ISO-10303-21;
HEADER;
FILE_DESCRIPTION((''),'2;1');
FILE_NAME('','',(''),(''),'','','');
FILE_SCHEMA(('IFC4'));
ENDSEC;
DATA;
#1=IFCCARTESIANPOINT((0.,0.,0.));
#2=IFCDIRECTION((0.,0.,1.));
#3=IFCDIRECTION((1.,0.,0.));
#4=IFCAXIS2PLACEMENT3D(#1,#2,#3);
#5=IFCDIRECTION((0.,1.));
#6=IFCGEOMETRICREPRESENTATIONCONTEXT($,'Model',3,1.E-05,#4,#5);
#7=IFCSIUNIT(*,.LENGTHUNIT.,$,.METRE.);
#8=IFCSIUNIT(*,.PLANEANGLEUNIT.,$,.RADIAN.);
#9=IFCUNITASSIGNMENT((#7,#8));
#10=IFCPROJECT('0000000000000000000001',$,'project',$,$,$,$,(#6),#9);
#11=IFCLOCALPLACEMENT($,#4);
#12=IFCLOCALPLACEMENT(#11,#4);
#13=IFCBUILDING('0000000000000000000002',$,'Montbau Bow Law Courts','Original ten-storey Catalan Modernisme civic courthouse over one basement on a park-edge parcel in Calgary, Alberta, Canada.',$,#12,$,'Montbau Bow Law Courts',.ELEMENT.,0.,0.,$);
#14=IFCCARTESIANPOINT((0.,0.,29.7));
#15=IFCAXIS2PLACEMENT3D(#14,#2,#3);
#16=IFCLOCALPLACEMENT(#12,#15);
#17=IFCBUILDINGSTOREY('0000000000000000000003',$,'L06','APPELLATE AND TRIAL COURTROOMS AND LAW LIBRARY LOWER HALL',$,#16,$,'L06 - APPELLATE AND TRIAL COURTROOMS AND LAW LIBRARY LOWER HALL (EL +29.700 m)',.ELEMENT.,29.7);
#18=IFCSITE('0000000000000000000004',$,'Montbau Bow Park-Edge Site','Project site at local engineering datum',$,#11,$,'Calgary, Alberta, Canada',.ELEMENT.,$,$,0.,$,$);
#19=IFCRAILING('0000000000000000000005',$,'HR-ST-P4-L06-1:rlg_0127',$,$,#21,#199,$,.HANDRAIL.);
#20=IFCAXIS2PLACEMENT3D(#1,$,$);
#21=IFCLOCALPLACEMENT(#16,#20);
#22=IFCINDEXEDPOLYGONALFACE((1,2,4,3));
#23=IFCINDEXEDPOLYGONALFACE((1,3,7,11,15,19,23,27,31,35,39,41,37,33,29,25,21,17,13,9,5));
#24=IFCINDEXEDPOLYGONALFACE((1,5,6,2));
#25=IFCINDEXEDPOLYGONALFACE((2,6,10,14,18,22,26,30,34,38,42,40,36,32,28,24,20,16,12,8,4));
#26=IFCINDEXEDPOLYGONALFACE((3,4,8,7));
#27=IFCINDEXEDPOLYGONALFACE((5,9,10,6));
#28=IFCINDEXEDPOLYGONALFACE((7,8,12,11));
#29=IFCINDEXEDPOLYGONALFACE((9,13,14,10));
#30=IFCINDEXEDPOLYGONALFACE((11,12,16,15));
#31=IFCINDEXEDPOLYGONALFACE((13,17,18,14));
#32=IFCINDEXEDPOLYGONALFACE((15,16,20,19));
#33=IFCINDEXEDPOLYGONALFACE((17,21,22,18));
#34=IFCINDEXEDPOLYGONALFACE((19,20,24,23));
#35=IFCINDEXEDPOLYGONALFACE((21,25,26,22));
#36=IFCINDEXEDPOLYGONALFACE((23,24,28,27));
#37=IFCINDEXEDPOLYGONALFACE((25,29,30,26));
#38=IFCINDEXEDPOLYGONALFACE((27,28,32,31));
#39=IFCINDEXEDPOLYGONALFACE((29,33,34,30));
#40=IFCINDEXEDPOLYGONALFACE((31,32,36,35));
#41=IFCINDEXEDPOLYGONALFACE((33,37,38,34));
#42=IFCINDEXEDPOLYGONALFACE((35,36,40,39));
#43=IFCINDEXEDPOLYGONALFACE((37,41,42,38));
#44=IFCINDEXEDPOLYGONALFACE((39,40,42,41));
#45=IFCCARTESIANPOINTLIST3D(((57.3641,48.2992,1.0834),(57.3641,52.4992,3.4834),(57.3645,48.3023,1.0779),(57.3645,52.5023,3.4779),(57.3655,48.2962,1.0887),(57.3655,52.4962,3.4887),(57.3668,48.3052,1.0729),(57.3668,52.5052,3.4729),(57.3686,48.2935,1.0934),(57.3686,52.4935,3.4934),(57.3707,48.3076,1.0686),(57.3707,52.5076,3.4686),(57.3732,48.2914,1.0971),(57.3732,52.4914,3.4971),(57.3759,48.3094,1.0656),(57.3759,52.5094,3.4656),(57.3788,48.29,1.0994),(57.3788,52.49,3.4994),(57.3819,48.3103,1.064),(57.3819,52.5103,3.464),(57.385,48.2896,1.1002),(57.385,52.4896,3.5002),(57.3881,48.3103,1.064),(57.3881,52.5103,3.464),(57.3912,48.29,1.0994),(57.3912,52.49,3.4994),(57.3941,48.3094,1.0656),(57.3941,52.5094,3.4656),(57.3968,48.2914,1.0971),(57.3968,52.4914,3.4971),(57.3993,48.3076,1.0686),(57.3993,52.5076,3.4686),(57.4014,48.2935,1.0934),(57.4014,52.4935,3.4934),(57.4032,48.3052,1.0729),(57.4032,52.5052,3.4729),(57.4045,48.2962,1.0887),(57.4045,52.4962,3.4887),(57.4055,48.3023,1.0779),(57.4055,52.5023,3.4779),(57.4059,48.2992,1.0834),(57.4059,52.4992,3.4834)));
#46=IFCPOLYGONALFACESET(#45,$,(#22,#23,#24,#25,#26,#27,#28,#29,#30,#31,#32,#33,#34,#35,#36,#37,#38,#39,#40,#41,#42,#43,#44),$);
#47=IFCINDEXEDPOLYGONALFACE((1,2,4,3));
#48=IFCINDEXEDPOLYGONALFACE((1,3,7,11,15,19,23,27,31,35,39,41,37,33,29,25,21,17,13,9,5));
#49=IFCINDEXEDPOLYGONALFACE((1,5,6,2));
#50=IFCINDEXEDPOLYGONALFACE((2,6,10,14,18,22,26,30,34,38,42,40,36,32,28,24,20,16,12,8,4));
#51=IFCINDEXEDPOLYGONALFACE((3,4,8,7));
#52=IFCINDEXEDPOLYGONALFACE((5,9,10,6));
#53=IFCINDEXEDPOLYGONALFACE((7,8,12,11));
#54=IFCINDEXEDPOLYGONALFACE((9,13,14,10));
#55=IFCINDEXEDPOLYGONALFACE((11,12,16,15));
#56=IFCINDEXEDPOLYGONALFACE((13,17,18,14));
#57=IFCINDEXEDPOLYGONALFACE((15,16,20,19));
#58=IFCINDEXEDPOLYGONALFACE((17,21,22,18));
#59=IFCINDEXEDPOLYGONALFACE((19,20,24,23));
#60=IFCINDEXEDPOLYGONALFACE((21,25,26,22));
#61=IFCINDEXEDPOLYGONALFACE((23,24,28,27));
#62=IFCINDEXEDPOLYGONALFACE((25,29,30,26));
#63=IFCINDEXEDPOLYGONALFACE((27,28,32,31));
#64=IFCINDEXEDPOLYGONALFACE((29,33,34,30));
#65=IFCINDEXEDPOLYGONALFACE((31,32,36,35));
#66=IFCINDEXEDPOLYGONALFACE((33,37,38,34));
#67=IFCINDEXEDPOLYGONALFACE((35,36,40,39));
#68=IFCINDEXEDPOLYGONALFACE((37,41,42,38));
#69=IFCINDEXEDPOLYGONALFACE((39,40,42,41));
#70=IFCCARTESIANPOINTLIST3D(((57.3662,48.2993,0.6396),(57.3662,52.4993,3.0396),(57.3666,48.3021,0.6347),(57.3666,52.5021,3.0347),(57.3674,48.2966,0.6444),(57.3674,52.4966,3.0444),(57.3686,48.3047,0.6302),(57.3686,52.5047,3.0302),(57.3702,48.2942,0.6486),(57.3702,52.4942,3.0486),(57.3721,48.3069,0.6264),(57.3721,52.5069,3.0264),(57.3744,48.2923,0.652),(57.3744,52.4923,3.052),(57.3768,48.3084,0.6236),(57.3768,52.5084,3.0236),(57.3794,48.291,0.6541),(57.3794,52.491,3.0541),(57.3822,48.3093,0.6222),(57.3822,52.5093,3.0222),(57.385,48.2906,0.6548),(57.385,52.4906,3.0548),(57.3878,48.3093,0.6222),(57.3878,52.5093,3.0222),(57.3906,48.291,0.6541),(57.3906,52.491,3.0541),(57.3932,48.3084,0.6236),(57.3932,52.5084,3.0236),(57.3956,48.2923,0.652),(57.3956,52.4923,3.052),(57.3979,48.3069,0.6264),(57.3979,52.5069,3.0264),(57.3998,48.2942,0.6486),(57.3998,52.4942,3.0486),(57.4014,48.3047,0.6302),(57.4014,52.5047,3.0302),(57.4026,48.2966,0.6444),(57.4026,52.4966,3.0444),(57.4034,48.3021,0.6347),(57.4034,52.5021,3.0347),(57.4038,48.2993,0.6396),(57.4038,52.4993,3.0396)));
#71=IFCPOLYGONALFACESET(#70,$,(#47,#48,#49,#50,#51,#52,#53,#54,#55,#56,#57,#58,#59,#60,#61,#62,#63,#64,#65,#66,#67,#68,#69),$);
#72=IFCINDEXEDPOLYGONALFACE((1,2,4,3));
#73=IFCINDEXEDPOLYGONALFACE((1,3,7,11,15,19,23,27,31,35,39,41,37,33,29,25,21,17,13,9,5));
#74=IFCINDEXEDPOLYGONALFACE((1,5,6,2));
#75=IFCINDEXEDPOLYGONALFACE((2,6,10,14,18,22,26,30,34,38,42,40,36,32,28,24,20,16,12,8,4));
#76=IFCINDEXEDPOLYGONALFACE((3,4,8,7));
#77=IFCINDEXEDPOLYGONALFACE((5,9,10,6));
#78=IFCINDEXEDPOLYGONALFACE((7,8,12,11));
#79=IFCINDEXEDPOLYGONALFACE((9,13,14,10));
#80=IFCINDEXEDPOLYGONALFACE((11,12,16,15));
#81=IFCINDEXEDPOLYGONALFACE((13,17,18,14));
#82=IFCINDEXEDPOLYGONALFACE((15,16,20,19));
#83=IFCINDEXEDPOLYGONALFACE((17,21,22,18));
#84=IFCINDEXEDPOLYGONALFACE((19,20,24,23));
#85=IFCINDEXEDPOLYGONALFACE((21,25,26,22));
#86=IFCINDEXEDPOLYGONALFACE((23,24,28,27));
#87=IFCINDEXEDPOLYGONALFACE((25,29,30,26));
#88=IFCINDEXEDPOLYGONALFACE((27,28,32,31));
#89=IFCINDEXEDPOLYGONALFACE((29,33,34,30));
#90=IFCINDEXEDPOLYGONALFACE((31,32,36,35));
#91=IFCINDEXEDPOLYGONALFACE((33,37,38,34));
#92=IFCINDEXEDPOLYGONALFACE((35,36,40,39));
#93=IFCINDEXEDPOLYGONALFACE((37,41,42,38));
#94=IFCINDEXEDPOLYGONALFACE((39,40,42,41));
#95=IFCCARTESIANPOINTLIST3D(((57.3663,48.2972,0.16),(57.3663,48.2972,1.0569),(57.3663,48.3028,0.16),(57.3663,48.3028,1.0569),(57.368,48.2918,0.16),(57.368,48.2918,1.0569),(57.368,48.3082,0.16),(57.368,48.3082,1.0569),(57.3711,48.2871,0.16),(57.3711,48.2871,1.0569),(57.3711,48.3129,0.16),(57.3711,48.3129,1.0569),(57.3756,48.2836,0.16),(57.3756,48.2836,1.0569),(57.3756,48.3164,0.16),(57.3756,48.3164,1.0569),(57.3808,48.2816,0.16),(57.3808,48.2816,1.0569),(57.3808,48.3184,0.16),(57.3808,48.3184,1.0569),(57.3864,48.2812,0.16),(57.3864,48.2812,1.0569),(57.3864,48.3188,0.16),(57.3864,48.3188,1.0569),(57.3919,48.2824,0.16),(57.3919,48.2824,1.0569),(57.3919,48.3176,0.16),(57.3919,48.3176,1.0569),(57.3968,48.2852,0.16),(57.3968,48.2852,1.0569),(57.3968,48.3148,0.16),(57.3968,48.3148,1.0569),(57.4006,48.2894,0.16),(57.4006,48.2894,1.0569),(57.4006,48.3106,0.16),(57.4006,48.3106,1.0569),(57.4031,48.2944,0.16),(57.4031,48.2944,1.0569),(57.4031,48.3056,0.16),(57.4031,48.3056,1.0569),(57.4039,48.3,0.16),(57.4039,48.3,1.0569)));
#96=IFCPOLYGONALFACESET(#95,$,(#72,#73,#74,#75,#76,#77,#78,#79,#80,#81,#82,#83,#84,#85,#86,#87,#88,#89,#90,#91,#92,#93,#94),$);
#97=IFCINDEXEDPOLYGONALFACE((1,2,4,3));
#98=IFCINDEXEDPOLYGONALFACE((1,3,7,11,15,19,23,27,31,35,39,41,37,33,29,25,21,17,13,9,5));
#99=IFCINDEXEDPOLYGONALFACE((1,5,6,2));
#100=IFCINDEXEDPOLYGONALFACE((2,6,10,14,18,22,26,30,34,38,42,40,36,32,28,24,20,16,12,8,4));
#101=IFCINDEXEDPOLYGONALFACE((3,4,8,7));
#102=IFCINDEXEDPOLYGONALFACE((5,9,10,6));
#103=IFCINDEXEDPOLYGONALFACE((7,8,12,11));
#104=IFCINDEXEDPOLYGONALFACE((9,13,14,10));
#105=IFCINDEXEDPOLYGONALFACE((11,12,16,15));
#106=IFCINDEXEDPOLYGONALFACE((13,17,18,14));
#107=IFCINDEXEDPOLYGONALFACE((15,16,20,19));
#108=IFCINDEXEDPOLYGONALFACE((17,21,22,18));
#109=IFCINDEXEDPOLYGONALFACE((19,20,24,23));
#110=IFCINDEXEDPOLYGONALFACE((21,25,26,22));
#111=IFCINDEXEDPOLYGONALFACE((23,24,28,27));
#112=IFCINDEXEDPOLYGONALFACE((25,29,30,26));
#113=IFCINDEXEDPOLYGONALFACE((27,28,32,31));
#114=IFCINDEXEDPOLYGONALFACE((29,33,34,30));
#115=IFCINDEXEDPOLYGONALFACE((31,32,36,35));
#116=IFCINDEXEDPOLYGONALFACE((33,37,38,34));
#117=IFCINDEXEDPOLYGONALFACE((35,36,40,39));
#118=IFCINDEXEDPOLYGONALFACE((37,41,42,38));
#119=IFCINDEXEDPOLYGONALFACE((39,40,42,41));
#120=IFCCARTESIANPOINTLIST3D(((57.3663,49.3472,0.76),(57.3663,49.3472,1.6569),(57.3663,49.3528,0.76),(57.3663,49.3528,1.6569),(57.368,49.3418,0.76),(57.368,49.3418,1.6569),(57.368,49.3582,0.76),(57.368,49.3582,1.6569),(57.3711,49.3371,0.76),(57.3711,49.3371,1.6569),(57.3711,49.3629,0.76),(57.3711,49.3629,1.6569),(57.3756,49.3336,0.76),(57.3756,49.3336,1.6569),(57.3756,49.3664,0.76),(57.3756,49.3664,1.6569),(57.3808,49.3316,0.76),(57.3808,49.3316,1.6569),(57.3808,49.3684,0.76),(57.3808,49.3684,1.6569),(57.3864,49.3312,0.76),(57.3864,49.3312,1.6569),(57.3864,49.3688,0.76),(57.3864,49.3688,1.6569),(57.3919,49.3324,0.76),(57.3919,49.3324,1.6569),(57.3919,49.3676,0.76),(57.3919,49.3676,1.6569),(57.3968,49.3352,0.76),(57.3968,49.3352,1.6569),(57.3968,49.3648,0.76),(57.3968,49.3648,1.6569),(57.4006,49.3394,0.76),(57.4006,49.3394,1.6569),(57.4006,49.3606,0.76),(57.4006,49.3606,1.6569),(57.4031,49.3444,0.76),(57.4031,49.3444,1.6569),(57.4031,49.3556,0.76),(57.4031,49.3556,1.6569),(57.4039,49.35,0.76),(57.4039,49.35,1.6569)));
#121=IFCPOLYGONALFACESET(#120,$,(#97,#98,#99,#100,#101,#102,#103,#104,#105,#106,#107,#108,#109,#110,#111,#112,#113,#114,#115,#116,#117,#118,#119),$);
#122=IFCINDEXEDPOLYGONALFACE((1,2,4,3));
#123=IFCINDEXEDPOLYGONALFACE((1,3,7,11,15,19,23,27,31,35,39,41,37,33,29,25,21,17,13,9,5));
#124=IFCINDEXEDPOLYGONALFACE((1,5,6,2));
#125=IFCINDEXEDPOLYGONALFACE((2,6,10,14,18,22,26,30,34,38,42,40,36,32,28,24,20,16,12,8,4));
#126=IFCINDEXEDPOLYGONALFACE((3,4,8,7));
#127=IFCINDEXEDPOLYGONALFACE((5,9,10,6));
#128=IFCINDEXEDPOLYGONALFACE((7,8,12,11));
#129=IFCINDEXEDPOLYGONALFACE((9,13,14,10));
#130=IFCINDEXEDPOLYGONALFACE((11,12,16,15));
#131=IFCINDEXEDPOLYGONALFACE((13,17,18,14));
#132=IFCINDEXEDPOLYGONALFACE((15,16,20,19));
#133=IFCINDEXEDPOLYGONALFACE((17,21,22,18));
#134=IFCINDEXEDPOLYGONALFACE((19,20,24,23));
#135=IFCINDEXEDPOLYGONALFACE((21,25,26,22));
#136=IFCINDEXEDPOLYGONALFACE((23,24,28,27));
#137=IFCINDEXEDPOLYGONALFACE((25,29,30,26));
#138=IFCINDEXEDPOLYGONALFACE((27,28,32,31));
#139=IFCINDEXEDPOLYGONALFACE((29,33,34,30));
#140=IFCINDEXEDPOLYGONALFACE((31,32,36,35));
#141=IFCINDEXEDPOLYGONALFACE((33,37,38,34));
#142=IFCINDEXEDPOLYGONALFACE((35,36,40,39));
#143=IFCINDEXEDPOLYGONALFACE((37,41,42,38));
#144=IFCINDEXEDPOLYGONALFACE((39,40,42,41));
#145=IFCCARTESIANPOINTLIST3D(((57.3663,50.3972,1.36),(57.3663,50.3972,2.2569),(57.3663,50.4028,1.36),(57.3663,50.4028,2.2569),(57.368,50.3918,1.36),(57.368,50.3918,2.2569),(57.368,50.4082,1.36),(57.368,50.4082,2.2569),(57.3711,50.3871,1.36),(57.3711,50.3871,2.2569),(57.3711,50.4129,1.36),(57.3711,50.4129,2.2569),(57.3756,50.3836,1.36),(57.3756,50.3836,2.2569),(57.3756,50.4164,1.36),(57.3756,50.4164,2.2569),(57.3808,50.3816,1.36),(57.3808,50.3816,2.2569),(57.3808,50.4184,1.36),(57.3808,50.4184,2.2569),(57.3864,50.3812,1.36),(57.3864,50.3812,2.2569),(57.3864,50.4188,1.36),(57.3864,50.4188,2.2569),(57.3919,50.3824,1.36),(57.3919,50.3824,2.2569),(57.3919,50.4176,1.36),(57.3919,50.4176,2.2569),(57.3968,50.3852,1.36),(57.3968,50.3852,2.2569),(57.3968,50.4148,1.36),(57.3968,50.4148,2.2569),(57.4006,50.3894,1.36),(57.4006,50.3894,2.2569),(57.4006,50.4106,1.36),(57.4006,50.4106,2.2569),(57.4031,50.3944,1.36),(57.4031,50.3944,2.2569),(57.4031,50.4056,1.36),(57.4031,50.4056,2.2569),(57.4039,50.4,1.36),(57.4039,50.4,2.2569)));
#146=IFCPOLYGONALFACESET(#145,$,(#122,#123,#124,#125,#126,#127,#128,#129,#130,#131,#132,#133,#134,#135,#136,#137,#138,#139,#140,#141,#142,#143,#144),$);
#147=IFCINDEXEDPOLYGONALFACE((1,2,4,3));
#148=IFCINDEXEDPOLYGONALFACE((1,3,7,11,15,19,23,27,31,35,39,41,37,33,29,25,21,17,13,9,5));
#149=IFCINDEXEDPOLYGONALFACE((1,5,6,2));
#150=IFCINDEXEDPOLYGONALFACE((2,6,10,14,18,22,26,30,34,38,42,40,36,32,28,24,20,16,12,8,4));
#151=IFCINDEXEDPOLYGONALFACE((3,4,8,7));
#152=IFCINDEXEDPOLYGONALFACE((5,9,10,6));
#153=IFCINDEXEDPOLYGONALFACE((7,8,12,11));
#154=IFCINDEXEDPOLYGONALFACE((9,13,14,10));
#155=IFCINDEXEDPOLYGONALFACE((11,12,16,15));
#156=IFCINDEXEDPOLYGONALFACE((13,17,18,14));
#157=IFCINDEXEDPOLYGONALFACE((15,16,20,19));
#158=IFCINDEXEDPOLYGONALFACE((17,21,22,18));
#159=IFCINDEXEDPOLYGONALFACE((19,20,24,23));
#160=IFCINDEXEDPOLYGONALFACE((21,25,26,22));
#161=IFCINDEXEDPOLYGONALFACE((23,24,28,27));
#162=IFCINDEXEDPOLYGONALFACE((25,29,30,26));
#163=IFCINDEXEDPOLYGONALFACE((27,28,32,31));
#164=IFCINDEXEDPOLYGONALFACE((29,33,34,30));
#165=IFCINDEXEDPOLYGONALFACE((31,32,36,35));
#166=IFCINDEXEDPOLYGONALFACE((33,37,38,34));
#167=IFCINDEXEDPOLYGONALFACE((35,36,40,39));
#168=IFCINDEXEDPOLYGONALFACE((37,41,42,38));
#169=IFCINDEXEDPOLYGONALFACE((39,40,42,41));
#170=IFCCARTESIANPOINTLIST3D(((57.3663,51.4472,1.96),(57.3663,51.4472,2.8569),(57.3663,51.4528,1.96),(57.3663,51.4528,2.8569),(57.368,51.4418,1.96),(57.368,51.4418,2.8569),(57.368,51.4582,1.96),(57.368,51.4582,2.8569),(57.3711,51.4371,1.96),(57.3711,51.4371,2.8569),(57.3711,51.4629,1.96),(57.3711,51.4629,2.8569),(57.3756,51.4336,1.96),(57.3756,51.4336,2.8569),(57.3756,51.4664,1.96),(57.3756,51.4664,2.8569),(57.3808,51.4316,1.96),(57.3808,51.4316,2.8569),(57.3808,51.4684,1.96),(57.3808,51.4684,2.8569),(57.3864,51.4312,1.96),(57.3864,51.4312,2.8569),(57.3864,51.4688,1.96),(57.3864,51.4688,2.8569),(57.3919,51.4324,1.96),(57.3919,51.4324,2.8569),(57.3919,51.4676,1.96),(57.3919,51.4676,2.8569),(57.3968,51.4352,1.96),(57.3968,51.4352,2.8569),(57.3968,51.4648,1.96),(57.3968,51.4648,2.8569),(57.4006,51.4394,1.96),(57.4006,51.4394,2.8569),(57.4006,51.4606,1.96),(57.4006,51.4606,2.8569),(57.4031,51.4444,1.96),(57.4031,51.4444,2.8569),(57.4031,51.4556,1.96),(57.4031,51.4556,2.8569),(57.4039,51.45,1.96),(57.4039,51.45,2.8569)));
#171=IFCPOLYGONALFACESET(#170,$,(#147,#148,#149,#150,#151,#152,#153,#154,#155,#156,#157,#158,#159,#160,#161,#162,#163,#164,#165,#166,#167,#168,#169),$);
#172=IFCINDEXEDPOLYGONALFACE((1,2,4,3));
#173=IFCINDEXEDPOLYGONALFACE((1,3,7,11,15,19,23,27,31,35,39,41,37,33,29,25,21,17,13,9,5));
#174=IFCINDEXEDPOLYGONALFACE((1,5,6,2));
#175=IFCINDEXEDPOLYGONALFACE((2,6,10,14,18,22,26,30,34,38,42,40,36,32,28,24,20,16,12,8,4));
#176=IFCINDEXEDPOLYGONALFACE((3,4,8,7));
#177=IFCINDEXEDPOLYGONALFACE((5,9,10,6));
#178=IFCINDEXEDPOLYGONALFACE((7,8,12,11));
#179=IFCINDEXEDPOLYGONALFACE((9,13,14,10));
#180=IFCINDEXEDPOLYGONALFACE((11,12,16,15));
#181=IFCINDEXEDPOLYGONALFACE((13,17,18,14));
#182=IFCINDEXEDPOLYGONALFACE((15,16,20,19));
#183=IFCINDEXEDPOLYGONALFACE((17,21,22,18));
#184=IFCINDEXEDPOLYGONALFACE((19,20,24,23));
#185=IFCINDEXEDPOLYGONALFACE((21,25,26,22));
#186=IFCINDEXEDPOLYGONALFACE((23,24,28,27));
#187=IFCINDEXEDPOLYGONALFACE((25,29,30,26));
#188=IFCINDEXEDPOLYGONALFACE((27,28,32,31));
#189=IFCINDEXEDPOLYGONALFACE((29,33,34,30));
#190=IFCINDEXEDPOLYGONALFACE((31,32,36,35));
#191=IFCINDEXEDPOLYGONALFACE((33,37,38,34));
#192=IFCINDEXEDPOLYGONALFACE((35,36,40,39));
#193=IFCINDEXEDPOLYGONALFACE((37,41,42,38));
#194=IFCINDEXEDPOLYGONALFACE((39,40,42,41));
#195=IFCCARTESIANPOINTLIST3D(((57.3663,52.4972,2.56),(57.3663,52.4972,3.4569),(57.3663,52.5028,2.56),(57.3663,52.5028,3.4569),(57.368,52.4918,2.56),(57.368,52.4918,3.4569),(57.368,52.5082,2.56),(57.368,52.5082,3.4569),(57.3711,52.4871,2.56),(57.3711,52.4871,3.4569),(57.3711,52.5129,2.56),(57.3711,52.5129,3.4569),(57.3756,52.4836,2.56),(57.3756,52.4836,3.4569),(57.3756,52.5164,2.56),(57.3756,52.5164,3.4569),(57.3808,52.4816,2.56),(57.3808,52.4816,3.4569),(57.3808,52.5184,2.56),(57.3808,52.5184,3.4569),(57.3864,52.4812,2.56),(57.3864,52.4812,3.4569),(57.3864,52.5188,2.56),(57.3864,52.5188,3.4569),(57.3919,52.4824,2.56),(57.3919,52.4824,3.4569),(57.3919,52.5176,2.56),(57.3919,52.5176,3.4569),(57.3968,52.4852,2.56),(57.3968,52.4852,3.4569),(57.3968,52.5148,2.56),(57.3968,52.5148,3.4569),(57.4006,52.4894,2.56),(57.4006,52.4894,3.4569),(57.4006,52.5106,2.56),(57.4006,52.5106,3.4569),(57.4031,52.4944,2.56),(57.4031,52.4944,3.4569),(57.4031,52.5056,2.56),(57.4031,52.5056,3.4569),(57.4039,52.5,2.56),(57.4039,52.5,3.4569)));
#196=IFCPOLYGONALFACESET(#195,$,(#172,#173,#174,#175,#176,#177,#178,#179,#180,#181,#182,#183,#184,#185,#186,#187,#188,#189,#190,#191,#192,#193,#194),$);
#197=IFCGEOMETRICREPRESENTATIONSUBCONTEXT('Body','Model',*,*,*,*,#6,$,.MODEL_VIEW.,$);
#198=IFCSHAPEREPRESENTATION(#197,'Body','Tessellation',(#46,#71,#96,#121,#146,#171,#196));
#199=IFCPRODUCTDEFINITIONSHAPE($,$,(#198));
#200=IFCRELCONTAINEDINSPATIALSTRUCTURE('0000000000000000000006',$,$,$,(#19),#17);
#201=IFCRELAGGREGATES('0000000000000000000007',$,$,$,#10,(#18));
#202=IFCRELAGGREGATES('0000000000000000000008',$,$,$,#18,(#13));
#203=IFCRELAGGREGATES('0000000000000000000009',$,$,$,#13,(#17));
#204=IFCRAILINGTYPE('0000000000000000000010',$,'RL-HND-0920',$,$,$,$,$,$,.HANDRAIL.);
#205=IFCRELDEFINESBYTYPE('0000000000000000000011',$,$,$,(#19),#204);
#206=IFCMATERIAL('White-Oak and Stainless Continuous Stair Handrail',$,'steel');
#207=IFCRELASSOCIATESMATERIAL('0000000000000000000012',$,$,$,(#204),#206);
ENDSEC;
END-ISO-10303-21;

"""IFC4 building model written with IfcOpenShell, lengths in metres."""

from ifc_helpers import new_model, si_unit, direction, frame, origin_with_axes, origin_2d_with_axis, place, context, subcontext, project, spatial, circle, extrude, material, type_object, element, save


model = new_model("IFC4")

# Units and contexts
model_context = context("Model", 3, precision=1e-05, world=origin_with_axes(), true_north=direction((0.0, 1.0)))
body_context = subcontext(model_context, "Body", "Model", "MODEL_VIEW")
ifc_project = project(units=[si_unit("LENGTHUNIT", "METRE"), si_unit("PLANEANGLEUNIT", "RADIAN")], contexts=[model_context])

# Site, building, storey
site_placement = place(None, origin_with_axes())
site = spatial("IfcSite", under=ifc_project, at=site_placement, Name="Montbau Bow Park-Edge Site", Description="Project site at local engineering datum", LongName="Calgary, Alberta, Canada", CompositionType="ELEMENT", RefElevation=0.0)
building_placement = place(site_placement, origin_with_axes())
building = spatial("IfcBuilding", under=site, at=building_placement, Name="Montbau Bow Law Courts", Description="Original ten-storey Catalan Modernisme civic courthouse over one basement on a park-edge parcel in Calgary, Alberta, Canada.", LongName="Montbau Bow Law Courts", CompositionType="ELEMENT", ElevationOfRefHeight=0.0, ElevationOfTerrain=0.0)
storey_placement = place(building_placement, frame((0.0, 0.0, 29.7), z_axis=(0.0, 0.0, 1.0), x_axis=(1.0, 0.0, 0.0)))
storey = spatial("IfcBuildingStorey", under=building, at=storey_placement, Name="L06", Description="APPELLATE AND TRIAL COURTROOMS AND LAW LIBRARY LOWER HALL", LongName="L06 - APPELLATE AND TRIAL COURTROOMS AND LAW LIBRARY LOWER HALL (EL +29.700 m)", CompositionType="ELEMENT", Elevation=29.7)

# Railing
ifc_material_1 = material(Name="White-Oak and Stainless Continuous Stair Handrail", Category="steel")
railing_type_1 = type_object("IfcRailingType", Name="RL-HND-0920", PredefinedType="HANDRAIL", material=ifc_material_1)
railing_1_placement = place(None, origin_with_axes())
element("IfcRailing", 1, at=railing_1_placement, inside=storey, type_object=railing_type_1, Name="HR-ST-P4-L06-1:rlg_0127", PredefinedType="HANDRAIL", context=body_context, shape_type="SweptSolid", body=[
    extrude(circle(Radius=0.021, at=origin_2d_with_axis()), frame((57.385, 48.3, 30.782), z_axis=(0.0, 0.868243, 0.496139), x_axis=(0.0, -0.496139, 0.868243)), (0.0, 0.0, 1.0), 4.8374),
    extrude(circle(Radius=0.0189, at=origin_2d_with_axis()), frame((57.385, 48.3, 30.3384), z_axis=(0.0, 0.868243, 0.496139), x_axis=(0.0, -0.496139, 0.868243)), (0.0, 0.0, 1.0), 4.8374),
    extrude(circle(Radius=0.0189, at=origin_2d_with_axis()), frame((57.385, 48.3, 29.86), z_axis=(0.0, 0.0, 1.0), x_axis=(1.0, 0.0, 0.0)), (0.0, 0.0, 1.0), 0.8969),
    extrude(circle(Radius=0.0189, at=origin_2d_with_axis()), frame((57.385, 49.35, 30.46), z_axis=(0.0, 0.0, 1.0), x_axis=(1.0, 0.0, 0.0)), (0.0, 0.0, 1.0), 0.8969),
    extrude(circle(Radius=0.0189, at=origin_2d_with_axis()), frame((57.385, 50.4, 31.06), z_axis=(0.0, 0.0, 1.0), x_axis=(1.0, 0.0, 0.0)), (0.0, 0.0, 1.0), 0.8969),
    extrude(circle(Radius=0.0189, at=origin_2d_with_axis()), frame((57.385, 51.45, 31.66), z_axis=(0.0, 0.0, 1.0), x_axis=(1.0, 0.0, 0.0)), (0.0, 0.0, 1.0), 0.8969),
    extrude(circle(Radius=0.0189, at=origin_2d_with_axis()), frame((57.385, 52.5, 32.26), z_axis=(0.0, 0.0, 1.0), x_axis=(1.0, 0.0, 0.0)), (0.0, 0.0, 1.0), 0.8969),
])

save(model, "model.ifc")
